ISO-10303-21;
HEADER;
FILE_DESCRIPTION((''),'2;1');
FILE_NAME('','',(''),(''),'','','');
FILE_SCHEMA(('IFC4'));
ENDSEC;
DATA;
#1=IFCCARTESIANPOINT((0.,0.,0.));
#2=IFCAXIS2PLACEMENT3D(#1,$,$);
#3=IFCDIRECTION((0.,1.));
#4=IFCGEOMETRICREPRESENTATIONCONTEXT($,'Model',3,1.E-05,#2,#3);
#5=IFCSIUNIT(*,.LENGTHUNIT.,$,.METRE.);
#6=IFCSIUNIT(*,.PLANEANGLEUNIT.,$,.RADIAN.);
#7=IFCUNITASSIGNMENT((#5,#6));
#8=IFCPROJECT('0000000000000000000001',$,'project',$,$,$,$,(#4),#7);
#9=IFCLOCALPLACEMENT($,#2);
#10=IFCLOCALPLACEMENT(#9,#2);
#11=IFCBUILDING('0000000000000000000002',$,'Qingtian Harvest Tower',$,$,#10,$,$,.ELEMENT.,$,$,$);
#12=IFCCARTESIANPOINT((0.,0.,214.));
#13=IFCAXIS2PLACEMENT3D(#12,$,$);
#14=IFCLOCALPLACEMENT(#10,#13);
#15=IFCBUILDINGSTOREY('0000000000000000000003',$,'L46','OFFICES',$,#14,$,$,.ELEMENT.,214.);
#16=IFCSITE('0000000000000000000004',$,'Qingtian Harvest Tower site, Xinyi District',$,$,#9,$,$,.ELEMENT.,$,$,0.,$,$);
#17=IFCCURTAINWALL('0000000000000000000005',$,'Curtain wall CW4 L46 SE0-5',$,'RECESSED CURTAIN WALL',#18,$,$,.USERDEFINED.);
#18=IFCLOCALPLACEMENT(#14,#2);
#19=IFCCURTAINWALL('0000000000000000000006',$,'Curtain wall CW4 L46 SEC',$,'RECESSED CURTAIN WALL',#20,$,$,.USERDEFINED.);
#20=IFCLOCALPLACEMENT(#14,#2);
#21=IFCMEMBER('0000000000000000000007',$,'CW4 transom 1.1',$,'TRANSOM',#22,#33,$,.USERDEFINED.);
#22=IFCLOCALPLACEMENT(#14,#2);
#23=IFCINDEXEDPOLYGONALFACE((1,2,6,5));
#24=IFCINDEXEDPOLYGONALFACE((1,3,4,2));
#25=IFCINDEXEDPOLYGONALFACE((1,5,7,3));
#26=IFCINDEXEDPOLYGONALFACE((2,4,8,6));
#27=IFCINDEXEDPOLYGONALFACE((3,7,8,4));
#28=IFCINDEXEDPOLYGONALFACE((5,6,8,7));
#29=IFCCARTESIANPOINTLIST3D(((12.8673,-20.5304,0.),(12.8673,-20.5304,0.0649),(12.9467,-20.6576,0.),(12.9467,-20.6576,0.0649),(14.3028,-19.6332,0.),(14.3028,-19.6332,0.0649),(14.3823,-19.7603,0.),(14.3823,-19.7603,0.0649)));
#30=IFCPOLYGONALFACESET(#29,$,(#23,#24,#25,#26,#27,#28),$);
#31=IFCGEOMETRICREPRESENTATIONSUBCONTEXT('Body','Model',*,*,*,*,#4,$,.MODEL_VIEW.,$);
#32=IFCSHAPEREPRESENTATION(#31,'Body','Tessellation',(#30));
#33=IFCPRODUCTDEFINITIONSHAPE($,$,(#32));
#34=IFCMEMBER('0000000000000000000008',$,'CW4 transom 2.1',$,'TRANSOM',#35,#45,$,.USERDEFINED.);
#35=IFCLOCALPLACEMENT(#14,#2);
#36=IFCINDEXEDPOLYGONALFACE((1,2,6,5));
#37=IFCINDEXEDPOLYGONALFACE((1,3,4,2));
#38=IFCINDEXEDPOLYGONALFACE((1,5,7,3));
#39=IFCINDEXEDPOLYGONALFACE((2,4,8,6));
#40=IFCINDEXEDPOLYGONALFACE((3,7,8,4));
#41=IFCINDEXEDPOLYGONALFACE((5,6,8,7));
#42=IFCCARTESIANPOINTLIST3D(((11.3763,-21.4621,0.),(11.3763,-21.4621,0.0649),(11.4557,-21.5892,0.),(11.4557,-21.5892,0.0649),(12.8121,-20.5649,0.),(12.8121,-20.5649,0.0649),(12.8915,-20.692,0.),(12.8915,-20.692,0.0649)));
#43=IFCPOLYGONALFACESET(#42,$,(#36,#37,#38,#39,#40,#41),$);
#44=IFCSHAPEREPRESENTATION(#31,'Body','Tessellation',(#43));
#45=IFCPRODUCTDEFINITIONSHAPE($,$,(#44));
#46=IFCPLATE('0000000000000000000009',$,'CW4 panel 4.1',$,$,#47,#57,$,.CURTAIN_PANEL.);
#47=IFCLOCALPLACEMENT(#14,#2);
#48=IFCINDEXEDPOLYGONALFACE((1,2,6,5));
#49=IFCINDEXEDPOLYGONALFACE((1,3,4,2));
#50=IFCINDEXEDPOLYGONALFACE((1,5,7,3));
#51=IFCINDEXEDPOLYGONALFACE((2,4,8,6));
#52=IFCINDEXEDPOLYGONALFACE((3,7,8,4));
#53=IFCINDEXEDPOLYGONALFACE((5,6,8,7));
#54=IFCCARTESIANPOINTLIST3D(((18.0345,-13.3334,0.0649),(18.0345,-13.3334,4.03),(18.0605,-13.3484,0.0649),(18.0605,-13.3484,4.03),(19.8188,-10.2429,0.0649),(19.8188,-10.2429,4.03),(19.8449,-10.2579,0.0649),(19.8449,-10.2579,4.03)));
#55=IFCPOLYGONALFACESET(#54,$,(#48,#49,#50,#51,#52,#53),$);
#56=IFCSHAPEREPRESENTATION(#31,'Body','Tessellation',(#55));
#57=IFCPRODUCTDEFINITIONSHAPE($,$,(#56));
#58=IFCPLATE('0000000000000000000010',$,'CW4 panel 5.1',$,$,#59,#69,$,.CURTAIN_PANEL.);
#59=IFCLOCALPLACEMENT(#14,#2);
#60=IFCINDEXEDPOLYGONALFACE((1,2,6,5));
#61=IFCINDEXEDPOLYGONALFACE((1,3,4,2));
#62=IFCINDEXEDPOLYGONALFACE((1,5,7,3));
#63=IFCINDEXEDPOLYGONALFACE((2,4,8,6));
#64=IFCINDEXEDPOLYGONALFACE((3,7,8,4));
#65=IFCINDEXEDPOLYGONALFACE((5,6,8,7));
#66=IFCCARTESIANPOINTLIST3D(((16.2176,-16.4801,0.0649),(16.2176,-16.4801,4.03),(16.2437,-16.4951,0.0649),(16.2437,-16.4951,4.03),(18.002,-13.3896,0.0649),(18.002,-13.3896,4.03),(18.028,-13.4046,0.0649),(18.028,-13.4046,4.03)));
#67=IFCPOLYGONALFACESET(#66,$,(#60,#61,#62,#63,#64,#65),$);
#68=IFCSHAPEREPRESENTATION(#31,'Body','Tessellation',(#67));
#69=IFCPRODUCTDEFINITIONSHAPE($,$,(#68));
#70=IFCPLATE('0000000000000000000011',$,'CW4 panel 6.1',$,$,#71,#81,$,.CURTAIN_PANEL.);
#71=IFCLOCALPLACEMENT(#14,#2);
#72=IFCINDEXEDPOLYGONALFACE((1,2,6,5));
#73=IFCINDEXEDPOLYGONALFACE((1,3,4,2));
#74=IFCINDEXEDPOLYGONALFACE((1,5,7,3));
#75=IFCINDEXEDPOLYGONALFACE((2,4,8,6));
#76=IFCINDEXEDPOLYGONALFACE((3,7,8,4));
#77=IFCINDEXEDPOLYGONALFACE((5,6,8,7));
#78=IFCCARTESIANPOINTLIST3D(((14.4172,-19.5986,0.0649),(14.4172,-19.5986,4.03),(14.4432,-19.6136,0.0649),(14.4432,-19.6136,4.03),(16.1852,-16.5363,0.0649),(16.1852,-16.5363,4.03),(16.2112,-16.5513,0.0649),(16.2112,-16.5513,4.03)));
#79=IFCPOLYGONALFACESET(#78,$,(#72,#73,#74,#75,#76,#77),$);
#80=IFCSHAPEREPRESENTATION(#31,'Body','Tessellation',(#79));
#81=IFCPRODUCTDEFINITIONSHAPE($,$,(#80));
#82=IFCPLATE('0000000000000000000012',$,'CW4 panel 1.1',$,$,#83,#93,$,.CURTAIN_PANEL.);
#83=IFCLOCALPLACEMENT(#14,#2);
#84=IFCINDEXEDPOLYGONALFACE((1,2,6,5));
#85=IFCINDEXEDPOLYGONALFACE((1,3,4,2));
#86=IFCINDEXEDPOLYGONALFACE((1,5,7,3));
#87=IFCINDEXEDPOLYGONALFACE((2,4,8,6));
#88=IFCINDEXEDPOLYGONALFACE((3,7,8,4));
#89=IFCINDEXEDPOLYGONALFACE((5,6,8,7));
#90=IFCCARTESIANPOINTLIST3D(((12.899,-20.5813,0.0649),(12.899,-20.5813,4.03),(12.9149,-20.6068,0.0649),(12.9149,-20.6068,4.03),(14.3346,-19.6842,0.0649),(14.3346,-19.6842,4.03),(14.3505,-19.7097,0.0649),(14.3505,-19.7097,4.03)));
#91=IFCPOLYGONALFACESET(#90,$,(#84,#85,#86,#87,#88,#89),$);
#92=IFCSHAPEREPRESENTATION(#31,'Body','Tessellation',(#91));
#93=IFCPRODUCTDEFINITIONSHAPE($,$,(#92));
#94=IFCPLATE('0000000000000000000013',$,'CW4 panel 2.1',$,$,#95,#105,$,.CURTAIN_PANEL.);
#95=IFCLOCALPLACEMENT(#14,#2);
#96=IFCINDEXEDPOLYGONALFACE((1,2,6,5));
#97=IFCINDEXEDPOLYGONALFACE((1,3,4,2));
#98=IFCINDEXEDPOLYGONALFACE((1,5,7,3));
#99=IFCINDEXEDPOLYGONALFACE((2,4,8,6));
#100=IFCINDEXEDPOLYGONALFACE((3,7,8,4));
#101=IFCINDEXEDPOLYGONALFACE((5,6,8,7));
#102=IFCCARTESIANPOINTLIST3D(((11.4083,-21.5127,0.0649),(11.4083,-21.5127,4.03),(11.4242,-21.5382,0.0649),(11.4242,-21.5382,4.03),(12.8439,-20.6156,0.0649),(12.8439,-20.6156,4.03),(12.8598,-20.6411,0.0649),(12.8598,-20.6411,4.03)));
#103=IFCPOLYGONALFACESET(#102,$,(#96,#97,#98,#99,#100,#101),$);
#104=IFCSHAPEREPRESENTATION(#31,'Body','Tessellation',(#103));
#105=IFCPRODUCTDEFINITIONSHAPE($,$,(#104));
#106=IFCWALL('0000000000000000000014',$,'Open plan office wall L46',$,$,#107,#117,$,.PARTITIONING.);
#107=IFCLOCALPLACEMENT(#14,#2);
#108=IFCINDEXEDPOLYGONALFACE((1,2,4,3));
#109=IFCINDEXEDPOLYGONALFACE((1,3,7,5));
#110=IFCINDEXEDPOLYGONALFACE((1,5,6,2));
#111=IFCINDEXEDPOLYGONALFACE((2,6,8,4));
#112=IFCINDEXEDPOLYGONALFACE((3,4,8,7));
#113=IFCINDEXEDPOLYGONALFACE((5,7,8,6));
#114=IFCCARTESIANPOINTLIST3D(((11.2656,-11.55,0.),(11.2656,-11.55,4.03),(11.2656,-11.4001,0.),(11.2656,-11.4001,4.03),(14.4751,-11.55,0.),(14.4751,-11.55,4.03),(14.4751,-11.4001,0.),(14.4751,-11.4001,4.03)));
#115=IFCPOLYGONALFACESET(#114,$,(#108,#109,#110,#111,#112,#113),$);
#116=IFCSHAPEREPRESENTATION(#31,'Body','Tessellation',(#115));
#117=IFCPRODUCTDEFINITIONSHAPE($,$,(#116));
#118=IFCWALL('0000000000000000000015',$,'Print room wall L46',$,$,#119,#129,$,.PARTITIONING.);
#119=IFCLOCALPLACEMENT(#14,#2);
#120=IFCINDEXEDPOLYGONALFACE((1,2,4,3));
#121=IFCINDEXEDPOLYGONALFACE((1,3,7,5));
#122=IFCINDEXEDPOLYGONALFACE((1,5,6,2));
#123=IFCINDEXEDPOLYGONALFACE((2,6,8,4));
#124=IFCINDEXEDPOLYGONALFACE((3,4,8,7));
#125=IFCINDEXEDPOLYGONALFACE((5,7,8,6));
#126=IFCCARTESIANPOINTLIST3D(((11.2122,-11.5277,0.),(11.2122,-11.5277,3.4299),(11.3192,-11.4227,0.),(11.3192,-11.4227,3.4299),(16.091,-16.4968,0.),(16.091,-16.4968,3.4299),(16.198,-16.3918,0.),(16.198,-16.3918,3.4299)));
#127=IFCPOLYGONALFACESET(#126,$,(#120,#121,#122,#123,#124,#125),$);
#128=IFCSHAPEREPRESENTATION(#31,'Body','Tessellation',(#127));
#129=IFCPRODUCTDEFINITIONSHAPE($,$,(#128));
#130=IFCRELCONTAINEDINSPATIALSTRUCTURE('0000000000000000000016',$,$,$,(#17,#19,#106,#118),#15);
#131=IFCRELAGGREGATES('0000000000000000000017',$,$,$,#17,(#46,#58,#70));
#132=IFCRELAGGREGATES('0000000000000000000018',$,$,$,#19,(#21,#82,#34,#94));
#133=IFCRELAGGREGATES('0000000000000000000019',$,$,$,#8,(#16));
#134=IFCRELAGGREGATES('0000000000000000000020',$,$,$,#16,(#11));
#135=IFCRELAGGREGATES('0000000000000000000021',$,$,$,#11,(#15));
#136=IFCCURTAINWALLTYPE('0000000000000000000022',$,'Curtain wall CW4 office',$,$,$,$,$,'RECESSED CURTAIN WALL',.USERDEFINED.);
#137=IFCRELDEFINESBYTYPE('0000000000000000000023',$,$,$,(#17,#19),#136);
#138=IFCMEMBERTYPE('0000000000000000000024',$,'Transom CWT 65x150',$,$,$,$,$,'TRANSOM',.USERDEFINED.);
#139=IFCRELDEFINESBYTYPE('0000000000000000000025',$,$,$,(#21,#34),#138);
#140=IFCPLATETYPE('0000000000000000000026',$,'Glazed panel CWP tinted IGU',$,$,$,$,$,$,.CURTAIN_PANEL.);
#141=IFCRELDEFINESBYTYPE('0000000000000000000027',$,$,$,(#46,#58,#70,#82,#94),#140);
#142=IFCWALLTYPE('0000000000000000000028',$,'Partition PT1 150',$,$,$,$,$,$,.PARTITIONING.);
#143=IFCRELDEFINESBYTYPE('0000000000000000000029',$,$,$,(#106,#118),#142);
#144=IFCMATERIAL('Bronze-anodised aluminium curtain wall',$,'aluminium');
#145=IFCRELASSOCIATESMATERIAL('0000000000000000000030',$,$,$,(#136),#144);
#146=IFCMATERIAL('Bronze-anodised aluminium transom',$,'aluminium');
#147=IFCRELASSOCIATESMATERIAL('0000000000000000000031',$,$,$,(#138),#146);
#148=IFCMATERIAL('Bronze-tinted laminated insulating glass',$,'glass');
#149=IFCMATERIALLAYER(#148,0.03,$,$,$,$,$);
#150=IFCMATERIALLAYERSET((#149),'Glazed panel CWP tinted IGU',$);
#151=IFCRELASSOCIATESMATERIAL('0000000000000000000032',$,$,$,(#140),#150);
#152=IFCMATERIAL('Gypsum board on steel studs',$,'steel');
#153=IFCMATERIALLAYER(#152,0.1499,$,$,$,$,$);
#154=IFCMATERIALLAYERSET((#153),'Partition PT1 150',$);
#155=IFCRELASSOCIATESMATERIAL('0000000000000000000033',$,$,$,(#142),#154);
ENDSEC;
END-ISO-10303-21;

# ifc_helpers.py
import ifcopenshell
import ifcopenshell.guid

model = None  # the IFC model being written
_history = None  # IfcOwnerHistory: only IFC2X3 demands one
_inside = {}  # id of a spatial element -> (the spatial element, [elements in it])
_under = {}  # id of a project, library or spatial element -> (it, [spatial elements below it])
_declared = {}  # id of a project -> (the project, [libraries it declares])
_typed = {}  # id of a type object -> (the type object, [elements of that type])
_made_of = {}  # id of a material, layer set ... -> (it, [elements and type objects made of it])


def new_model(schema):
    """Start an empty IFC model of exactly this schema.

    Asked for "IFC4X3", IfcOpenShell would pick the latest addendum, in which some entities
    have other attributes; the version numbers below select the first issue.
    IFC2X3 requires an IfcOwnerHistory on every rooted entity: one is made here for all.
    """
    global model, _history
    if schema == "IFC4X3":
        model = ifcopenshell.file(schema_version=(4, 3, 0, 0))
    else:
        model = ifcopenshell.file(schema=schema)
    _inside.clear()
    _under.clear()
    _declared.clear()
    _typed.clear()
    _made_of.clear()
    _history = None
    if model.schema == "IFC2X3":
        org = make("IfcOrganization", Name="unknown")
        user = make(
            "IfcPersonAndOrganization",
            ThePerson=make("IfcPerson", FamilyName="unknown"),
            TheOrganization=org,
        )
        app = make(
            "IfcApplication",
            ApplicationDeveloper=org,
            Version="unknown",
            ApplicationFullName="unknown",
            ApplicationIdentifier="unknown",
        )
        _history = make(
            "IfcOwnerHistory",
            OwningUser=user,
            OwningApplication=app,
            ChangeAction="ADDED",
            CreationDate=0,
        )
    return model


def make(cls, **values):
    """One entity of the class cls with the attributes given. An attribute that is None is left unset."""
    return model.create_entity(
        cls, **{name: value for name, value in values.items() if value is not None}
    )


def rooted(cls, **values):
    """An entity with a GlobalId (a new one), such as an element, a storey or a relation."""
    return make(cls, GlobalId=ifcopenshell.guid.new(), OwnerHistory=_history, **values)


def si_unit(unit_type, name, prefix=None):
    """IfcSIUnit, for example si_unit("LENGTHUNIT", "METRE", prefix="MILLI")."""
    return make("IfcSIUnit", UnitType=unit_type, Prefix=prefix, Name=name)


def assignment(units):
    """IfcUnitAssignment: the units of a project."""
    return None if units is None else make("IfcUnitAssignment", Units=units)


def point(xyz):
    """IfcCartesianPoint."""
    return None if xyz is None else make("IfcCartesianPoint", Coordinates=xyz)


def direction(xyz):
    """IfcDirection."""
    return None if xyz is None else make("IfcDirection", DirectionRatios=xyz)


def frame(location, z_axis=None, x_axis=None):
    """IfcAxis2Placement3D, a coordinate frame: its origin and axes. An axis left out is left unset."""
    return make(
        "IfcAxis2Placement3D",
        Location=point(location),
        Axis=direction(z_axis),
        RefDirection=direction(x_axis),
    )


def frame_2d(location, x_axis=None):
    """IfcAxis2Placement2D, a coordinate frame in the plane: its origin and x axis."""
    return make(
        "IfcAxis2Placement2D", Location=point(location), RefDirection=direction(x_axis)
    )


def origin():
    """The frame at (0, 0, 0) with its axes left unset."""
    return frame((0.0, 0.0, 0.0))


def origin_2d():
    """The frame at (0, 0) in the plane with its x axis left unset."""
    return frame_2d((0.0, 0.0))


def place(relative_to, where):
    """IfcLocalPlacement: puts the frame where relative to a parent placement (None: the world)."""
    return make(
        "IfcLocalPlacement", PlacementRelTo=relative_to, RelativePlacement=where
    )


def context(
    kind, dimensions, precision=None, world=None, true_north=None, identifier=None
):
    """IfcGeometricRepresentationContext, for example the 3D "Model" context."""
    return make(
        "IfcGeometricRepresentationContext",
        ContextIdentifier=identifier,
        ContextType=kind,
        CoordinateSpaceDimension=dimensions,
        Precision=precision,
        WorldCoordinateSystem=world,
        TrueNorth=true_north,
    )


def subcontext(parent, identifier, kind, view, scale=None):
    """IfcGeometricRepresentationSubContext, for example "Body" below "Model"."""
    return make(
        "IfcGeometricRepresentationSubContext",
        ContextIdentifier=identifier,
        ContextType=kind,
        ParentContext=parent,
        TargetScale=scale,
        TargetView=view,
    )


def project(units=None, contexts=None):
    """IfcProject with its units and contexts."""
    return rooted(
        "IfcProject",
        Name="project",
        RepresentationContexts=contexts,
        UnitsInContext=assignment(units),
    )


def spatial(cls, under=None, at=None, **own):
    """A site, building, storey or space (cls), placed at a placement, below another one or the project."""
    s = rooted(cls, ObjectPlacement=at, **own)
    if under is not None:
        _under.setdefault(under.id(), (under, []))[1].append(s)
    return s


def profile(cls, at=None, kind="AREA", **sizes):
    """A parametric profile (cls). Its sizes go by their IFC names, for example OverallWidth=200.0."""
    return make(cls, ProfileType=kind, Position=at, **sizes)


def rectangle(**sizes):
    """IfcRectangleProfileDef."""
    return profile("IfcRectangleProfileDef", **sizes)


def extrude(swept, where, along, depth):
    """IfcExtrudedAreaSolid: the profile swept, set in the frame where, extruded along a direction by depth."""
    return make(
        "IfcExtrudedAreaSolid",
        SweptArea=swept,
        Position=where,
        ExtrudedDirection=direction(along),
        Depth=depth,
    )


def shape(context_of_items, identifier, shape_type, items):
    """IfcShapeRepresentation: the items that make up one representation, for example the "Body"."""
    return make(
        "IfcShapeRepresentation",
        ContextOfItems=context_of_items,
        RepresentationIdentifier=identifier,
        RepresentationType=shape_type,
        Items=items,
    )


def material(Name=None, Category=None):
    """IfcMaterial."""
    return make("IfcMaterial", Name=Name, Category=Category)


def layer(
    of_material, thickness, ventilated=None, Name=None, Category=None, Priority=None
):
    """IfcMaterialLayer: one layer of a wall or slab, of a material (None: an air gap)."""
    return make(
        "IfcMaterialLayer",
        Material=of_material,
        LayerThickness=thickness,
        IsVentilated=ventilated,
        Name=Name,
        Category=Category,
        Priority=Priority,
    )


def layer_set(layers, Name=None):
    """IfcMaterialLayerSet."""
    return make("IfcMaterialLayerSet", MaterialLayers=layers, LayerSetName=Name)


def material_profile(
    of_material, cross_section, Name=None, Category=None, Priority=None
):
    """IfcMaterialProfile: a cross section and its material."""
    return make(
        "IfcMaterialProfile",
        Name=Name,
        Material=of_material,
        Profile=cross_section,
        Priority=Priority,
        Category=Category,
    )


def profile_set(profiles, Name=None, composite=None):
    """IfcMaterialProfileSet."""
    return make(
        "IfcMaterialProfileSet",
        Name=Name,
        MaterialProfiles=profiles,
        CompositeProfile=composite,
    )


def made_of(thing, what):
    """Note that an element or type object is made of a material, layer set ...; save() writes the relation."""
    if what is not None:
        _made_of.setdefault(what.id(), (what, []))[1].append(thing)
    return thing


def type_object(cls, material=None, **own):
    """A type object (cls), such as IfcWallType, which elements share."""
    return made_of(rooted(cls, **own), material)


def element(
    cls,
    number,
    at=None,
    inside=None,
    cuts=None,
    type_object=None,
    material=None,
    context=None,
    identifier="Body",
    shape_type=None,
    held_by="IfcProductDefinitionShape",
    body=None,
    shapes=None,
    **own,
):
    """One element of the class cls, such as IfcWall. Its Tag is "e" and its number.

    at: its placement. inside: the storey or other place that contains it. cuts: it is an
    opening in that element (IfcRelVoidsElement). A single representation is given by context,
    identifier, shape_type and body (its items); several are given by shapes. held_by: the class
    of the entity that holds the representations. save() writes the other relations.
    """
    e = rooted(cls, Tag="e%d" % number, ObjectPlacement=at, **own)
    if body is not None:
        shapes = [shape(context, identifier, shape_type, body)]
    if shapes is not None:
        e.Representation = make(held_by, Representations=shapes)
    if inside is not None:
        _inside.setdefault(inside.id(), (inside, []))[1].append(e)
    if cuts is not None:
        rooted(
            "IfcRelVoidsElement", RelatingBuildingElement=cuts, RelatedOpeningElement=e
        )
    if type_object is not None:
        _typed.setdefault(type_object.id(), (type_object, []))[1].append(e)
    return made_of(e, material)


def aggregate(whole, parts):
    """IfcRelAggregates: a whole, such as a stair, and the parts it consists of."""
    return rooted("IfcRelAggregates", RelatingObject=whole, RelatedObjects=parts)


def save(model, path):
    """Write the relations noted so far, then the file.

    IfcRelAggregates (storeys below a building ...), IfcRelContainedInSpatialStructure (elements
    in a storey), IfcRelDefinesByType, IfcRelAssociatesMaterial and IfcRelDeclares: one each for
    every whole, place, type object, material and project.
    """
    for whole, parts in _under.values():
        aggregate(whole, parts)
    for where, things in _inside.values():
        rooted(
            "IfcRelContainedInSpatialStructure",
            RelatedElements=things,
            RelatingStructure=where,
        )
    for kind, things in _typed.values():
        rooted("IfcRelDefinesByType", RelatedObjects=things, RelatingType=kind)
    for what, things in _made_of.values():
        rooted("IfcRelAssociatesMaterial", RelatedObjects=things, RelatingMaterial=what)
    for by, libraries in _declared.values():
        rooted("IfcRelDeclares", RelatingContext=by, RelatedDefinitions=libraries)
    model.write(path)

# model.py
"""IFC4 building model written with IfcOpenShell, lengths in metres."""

from ifc_helpers import new_model, si_unit, direction, frame, frame_2d, origin, origin_2d, place, context, subcontext, project, spatial, rectangle, extrude, material, layer, layer_set, material_profile, profile_set, type_object, element, aggregate, save


model = new_model("IFC4")

# Units and contexts
model_context = context("Model", 3, precision=1e-05, world=origin(), true_north=direction((0.0, 1.0)))
body_context = subcontext(model_context, "Body", "Model", "MODEL_VIEW")
ifc_project = project(units=[si_unit("LENGTHUNIT", "METRE"), si_unit("PLANEANGLEUNIT", "RADIAN")], contexts=[model_context])

# Site, building, storey
site_placement = place(None, origin())
site = spatial("IfcSite", under=ifc_project, at=site_placement, Name="Qingtian Harvest Tower site, Xinyi District", CompositionType="ELEMENT", RefElevation=0.0)
building_placement = place(site_placement, origin())
building = spatial("IfcBuilding", under=site, at=building_placement, Name="Qingtian Harvest Tower", CompositionType="ELEMENT")
storey_placement = place(building_placement, frame((0.0, 0.0, 214.0)))
storey = spatial("IfcBuildingStorey", under=building, at=storey_placement, Name="L46", Description="OFFICES", CompositionType="ELEMENT", Elevation=214.0)

# Curtain walls
ifc_material_1 = material(Name="Bronze-anodised aluminium curtain wall", Category="aluminium")
curtain_wall_type = type_object("IfcCurtainWallType", Name="Curtain wall CW4 office", ElementType="RECESSED CURTAIN WALL", PredefinedType="USERDEFINED", material=ifc_material_1)
curtain_wall_1_placement = place(storey_placement, origin())
curtain_wall_1 = element("IfcCurtainWall", 1, at=curtain_wall_1_placement, inside=storey, type_object=curtain_wall_type, Name="Curtain wall CW4 L46 SE0-5", ObjectType="RECESSED CURTAIN WALL", PredefinedType="USERDEFINED")
curtain_wall_2_placement = place(storey_placement, origin())
curtain_wall_2 = element("IfcCurtainWall", 2, at=curtain_wall_2_placement, inside=storey, type_object=curtain_wall_type, Name="Curtain wall CW4 L46 SEC", ObjectType="RECESSED CURTAIN WALL", PredefinedType="USERDEFINED")

# Members
ifc_material_2 = material(Name="Bronze-anodised aluminium transom", Category="aluminium")
ifc_material_profile_1 = material_profile(ifc_material_2, rectangle(XDim=0.1499, YDim=0.0649, at=origin_2d()), Name="AL 65x150")
ifc_profile_set_1 = profile_set([ifc_material_profile_1], Name="Bronze-anodised aluminium transom")
member_type_1 = type_object("IfcMemberType", Name="Transom CWT 65x150", ElementType="TRANSOM", PredefinedType="USERDEFINED", material=ifc_profile_set_1)
member_1_placement = place(storey_placement, frame((14.3425, -19.6968, 0.0325), z_axis=(-0.847998, -0.529999, 0.0), x_axis=(0.529999, -0.847998, 0.0)))
member_1 = element("IfcMember", 3, at=member_1_placement, type_object=member_type_1, Name="CW4 transom 1.1", ObjectType="TRANSOM", PredefinedType="USERDEFINED", context=body_context, shape_type="SweptSolid", body=[
    extrude(rectangle(XDim=0.1499, YDim=0.0649, at=origin_2d()), origin(), (0.0, 0.0, 1.0), 1.6929),
])
member_2_placement = place(storey_placement, frame((12.8518, -20.6284, 0.0325), z_axis=(-0.848039, -0.529934, 0.0), x_axis=(0.529934, -0.848039, 0.0)))
member_2 = element("IfcMember", 4, at=member_2_placement, type_object=member_type_1, Name="CW4 transom 2.1", ObjectType="TRANSOM", PredefinedType="USERDEFINED", context=body_context, shape_type="SweptSolid", body=[
    extrude(rectangle(XDim=0.1499, YDim=0.0649, at=origin_2d()), origin(), (0.0, 0.0, 1.0), 1.6931),
])

# Plates
ifc_material_3 = material(Name="Bronze-tinted laminated insulating glass", Category="glass")
ifc_layer_1 = layer(ifc_material_3, 0.03)
ifc_layer_set_1 = layer_set([ifc_layer_1], Name="Glazed panel CWP tinted IGU")
plate_type = type_object("IfcPlateType", Name="Glazed panel CWP tinted IGU", PredefinedType="CURTAIN_PANEL", material=ifc_layer_set_1)
plate_1_placement = place(storey_placement, frame((18.9397, -11.7957, 0.0649), z_axis=(0.0, 0.0, 1.0), x_axis=(-0.5, -0.866025, 0.0)))
plate_1 = element("IfcPlate", 5, at=plate_1_placement, type_object=plate_type, Name="CW4 panel 4.1", PredefinedType="CURTAIN_PANEL", context=body_context, shape_type="SweptSolid", body=[
    extrude(rectangle(XDim=3.5686, YDim=0.03, at=origin_2d()), origin(), (0.0, 0.0, 1.0), 3.9651),
])
plate_2_placement = place(storey_placement, frame((17.1228, -14.9424, 0.0649), z_axis=(0.0, 0.0, 1.0), x_axis=(-0.5, -0.866025, 0.0)))
plate_2 = element("IfcPlate", 6, at=plate_2_placement, type_object=plate_type, Name="CW4 panel 5.1", PredefinedType="CURTAIN_PANEL", context=body_context, shape_type="SweptSolid", body=[
    extrude(rectangle(XDim=3.5686, YDim=0.03, at=origin_2d()), origin(), (0.0, 0.0, 1.0), 3.9651),
])
plate_3_placement = place(storey_placement, frame((15.3142, -18.075, 0.0649), z_axis=(0.0, 0.0, 1.0), x_axis=(-0.5, -0.866025, 0.0)))
plate_3 = element("IfcPlate", 7, at=plate_3_placement, type_object=plate_type, Name="CW4 panel 6.1", PredefinedType="CURTAIN_PANEL", context=body_context, shape_type="SweptSolid", body=[
    extrude(rectangle(XDim=3.5361, YDim=0.03, at=origin_2d()), origin(), (0.0, 0.0, 1.0), 3.9651),
])
aggregate(curtain_wall_1, [plate_1, plate_2, plate_3])
plate_4_placement = place(storey_placement, frame((13.6248, -20.1455, 0.0649), z_axis=(0.0, 0.0, 1.0), x_axis=(-0.848048, -0.529919, 0.0)))
plate_4 = element("IfcPlate", 8, at=plate_4_placement, type_object=plate_type, Name="CW4 panel 1.1", PredefinedType="CURTAIN_PANEL", context=body_context, shape_type="SweptSolid", body=[
    extrude(rectangle(XDim=1.6929, YDim=0.03, at=origin_2d()), origin(), (0.0, 0.0, 1.0), 3.9651),
])
plate_5_placement = place(storey_placement, frame((12.134, -21.0769, 0.0649), z_axis=(0.0, 0.0, 1.0), x_axis=(-0.848048, -0.529919, 0.0)))
plate_5 = element("IfcPlate", 9, at=plate_5_placement, type_object=plate_type, Name="CW4 panel 2.1", PredefinedType="CURTAIN_PANEL", context=body_context, shape_type="SweptSolid", body=[
    extrude(rectangle(XDim=1.6929, YDim=0.03, at=origin_2d()), origin(), (0.0, 0.0, 1.0), 3.9651),
])
aggregate(curtain_wall_2, [member_1, plate_4, member_2, plate_5])

# Walls
ifc_material_4 = material(Name="Gypsum board on steel studs", Category="steel")
ifc_layer_2 = layer(ifc_material_4, 0.1499)
ifc_layer_set_2 = layer_set([ifc_layer_2], Name="Partition PT1 150")
wall_type = type_object("IfcWallType", Name="Partition PT1 150", PredefinedType="PARTITIONING", material=ifc_layer_set_2)
wall_1_placement = place(storey_placement, frame((14.4751, -11.4751, 0.0), z_axis=(0.0, 0.0, 1.0), x_axis=(-1.0, 0.0, 0.0)))
element("IfcWall", 10, at=wall_1_placement, inside=storey, type_object=wall_type, Name="Open plan office wall L46", PredefinedType="PARTITIONING", context=body_context, shape_type="SweptSolid", body=[
    extrude(rectangle(XDim=3.2095, YDim=0.1499, at=frame_2d((1.6047, 0.0))), origin(), (0.0, 0.0, 1.0), 4.03),
])
wall_2_placement = place(storey_placement, frame((16.1445, -16.4443, 0.0), z_axis=(0.0, 0.0, 1.0), x_axis=(-0.700591, 0.713563, 0.0)))
element("IfcWall", 11, at=wall_2_placement, inside=storey, type_object=wall_type, Name="Print room wall L46", PredefinedType="PARTITIONING", context=body_context, shape_type="SweptSolid", body=[
    extrude(rectangle(XDim=6.9639, YDim=0.1499, at=frame_2d((3.4819, 0.0))), origin(), (0.0, 0.0, 1.0), 3.4299),
])

save(model, "model.ifc")
